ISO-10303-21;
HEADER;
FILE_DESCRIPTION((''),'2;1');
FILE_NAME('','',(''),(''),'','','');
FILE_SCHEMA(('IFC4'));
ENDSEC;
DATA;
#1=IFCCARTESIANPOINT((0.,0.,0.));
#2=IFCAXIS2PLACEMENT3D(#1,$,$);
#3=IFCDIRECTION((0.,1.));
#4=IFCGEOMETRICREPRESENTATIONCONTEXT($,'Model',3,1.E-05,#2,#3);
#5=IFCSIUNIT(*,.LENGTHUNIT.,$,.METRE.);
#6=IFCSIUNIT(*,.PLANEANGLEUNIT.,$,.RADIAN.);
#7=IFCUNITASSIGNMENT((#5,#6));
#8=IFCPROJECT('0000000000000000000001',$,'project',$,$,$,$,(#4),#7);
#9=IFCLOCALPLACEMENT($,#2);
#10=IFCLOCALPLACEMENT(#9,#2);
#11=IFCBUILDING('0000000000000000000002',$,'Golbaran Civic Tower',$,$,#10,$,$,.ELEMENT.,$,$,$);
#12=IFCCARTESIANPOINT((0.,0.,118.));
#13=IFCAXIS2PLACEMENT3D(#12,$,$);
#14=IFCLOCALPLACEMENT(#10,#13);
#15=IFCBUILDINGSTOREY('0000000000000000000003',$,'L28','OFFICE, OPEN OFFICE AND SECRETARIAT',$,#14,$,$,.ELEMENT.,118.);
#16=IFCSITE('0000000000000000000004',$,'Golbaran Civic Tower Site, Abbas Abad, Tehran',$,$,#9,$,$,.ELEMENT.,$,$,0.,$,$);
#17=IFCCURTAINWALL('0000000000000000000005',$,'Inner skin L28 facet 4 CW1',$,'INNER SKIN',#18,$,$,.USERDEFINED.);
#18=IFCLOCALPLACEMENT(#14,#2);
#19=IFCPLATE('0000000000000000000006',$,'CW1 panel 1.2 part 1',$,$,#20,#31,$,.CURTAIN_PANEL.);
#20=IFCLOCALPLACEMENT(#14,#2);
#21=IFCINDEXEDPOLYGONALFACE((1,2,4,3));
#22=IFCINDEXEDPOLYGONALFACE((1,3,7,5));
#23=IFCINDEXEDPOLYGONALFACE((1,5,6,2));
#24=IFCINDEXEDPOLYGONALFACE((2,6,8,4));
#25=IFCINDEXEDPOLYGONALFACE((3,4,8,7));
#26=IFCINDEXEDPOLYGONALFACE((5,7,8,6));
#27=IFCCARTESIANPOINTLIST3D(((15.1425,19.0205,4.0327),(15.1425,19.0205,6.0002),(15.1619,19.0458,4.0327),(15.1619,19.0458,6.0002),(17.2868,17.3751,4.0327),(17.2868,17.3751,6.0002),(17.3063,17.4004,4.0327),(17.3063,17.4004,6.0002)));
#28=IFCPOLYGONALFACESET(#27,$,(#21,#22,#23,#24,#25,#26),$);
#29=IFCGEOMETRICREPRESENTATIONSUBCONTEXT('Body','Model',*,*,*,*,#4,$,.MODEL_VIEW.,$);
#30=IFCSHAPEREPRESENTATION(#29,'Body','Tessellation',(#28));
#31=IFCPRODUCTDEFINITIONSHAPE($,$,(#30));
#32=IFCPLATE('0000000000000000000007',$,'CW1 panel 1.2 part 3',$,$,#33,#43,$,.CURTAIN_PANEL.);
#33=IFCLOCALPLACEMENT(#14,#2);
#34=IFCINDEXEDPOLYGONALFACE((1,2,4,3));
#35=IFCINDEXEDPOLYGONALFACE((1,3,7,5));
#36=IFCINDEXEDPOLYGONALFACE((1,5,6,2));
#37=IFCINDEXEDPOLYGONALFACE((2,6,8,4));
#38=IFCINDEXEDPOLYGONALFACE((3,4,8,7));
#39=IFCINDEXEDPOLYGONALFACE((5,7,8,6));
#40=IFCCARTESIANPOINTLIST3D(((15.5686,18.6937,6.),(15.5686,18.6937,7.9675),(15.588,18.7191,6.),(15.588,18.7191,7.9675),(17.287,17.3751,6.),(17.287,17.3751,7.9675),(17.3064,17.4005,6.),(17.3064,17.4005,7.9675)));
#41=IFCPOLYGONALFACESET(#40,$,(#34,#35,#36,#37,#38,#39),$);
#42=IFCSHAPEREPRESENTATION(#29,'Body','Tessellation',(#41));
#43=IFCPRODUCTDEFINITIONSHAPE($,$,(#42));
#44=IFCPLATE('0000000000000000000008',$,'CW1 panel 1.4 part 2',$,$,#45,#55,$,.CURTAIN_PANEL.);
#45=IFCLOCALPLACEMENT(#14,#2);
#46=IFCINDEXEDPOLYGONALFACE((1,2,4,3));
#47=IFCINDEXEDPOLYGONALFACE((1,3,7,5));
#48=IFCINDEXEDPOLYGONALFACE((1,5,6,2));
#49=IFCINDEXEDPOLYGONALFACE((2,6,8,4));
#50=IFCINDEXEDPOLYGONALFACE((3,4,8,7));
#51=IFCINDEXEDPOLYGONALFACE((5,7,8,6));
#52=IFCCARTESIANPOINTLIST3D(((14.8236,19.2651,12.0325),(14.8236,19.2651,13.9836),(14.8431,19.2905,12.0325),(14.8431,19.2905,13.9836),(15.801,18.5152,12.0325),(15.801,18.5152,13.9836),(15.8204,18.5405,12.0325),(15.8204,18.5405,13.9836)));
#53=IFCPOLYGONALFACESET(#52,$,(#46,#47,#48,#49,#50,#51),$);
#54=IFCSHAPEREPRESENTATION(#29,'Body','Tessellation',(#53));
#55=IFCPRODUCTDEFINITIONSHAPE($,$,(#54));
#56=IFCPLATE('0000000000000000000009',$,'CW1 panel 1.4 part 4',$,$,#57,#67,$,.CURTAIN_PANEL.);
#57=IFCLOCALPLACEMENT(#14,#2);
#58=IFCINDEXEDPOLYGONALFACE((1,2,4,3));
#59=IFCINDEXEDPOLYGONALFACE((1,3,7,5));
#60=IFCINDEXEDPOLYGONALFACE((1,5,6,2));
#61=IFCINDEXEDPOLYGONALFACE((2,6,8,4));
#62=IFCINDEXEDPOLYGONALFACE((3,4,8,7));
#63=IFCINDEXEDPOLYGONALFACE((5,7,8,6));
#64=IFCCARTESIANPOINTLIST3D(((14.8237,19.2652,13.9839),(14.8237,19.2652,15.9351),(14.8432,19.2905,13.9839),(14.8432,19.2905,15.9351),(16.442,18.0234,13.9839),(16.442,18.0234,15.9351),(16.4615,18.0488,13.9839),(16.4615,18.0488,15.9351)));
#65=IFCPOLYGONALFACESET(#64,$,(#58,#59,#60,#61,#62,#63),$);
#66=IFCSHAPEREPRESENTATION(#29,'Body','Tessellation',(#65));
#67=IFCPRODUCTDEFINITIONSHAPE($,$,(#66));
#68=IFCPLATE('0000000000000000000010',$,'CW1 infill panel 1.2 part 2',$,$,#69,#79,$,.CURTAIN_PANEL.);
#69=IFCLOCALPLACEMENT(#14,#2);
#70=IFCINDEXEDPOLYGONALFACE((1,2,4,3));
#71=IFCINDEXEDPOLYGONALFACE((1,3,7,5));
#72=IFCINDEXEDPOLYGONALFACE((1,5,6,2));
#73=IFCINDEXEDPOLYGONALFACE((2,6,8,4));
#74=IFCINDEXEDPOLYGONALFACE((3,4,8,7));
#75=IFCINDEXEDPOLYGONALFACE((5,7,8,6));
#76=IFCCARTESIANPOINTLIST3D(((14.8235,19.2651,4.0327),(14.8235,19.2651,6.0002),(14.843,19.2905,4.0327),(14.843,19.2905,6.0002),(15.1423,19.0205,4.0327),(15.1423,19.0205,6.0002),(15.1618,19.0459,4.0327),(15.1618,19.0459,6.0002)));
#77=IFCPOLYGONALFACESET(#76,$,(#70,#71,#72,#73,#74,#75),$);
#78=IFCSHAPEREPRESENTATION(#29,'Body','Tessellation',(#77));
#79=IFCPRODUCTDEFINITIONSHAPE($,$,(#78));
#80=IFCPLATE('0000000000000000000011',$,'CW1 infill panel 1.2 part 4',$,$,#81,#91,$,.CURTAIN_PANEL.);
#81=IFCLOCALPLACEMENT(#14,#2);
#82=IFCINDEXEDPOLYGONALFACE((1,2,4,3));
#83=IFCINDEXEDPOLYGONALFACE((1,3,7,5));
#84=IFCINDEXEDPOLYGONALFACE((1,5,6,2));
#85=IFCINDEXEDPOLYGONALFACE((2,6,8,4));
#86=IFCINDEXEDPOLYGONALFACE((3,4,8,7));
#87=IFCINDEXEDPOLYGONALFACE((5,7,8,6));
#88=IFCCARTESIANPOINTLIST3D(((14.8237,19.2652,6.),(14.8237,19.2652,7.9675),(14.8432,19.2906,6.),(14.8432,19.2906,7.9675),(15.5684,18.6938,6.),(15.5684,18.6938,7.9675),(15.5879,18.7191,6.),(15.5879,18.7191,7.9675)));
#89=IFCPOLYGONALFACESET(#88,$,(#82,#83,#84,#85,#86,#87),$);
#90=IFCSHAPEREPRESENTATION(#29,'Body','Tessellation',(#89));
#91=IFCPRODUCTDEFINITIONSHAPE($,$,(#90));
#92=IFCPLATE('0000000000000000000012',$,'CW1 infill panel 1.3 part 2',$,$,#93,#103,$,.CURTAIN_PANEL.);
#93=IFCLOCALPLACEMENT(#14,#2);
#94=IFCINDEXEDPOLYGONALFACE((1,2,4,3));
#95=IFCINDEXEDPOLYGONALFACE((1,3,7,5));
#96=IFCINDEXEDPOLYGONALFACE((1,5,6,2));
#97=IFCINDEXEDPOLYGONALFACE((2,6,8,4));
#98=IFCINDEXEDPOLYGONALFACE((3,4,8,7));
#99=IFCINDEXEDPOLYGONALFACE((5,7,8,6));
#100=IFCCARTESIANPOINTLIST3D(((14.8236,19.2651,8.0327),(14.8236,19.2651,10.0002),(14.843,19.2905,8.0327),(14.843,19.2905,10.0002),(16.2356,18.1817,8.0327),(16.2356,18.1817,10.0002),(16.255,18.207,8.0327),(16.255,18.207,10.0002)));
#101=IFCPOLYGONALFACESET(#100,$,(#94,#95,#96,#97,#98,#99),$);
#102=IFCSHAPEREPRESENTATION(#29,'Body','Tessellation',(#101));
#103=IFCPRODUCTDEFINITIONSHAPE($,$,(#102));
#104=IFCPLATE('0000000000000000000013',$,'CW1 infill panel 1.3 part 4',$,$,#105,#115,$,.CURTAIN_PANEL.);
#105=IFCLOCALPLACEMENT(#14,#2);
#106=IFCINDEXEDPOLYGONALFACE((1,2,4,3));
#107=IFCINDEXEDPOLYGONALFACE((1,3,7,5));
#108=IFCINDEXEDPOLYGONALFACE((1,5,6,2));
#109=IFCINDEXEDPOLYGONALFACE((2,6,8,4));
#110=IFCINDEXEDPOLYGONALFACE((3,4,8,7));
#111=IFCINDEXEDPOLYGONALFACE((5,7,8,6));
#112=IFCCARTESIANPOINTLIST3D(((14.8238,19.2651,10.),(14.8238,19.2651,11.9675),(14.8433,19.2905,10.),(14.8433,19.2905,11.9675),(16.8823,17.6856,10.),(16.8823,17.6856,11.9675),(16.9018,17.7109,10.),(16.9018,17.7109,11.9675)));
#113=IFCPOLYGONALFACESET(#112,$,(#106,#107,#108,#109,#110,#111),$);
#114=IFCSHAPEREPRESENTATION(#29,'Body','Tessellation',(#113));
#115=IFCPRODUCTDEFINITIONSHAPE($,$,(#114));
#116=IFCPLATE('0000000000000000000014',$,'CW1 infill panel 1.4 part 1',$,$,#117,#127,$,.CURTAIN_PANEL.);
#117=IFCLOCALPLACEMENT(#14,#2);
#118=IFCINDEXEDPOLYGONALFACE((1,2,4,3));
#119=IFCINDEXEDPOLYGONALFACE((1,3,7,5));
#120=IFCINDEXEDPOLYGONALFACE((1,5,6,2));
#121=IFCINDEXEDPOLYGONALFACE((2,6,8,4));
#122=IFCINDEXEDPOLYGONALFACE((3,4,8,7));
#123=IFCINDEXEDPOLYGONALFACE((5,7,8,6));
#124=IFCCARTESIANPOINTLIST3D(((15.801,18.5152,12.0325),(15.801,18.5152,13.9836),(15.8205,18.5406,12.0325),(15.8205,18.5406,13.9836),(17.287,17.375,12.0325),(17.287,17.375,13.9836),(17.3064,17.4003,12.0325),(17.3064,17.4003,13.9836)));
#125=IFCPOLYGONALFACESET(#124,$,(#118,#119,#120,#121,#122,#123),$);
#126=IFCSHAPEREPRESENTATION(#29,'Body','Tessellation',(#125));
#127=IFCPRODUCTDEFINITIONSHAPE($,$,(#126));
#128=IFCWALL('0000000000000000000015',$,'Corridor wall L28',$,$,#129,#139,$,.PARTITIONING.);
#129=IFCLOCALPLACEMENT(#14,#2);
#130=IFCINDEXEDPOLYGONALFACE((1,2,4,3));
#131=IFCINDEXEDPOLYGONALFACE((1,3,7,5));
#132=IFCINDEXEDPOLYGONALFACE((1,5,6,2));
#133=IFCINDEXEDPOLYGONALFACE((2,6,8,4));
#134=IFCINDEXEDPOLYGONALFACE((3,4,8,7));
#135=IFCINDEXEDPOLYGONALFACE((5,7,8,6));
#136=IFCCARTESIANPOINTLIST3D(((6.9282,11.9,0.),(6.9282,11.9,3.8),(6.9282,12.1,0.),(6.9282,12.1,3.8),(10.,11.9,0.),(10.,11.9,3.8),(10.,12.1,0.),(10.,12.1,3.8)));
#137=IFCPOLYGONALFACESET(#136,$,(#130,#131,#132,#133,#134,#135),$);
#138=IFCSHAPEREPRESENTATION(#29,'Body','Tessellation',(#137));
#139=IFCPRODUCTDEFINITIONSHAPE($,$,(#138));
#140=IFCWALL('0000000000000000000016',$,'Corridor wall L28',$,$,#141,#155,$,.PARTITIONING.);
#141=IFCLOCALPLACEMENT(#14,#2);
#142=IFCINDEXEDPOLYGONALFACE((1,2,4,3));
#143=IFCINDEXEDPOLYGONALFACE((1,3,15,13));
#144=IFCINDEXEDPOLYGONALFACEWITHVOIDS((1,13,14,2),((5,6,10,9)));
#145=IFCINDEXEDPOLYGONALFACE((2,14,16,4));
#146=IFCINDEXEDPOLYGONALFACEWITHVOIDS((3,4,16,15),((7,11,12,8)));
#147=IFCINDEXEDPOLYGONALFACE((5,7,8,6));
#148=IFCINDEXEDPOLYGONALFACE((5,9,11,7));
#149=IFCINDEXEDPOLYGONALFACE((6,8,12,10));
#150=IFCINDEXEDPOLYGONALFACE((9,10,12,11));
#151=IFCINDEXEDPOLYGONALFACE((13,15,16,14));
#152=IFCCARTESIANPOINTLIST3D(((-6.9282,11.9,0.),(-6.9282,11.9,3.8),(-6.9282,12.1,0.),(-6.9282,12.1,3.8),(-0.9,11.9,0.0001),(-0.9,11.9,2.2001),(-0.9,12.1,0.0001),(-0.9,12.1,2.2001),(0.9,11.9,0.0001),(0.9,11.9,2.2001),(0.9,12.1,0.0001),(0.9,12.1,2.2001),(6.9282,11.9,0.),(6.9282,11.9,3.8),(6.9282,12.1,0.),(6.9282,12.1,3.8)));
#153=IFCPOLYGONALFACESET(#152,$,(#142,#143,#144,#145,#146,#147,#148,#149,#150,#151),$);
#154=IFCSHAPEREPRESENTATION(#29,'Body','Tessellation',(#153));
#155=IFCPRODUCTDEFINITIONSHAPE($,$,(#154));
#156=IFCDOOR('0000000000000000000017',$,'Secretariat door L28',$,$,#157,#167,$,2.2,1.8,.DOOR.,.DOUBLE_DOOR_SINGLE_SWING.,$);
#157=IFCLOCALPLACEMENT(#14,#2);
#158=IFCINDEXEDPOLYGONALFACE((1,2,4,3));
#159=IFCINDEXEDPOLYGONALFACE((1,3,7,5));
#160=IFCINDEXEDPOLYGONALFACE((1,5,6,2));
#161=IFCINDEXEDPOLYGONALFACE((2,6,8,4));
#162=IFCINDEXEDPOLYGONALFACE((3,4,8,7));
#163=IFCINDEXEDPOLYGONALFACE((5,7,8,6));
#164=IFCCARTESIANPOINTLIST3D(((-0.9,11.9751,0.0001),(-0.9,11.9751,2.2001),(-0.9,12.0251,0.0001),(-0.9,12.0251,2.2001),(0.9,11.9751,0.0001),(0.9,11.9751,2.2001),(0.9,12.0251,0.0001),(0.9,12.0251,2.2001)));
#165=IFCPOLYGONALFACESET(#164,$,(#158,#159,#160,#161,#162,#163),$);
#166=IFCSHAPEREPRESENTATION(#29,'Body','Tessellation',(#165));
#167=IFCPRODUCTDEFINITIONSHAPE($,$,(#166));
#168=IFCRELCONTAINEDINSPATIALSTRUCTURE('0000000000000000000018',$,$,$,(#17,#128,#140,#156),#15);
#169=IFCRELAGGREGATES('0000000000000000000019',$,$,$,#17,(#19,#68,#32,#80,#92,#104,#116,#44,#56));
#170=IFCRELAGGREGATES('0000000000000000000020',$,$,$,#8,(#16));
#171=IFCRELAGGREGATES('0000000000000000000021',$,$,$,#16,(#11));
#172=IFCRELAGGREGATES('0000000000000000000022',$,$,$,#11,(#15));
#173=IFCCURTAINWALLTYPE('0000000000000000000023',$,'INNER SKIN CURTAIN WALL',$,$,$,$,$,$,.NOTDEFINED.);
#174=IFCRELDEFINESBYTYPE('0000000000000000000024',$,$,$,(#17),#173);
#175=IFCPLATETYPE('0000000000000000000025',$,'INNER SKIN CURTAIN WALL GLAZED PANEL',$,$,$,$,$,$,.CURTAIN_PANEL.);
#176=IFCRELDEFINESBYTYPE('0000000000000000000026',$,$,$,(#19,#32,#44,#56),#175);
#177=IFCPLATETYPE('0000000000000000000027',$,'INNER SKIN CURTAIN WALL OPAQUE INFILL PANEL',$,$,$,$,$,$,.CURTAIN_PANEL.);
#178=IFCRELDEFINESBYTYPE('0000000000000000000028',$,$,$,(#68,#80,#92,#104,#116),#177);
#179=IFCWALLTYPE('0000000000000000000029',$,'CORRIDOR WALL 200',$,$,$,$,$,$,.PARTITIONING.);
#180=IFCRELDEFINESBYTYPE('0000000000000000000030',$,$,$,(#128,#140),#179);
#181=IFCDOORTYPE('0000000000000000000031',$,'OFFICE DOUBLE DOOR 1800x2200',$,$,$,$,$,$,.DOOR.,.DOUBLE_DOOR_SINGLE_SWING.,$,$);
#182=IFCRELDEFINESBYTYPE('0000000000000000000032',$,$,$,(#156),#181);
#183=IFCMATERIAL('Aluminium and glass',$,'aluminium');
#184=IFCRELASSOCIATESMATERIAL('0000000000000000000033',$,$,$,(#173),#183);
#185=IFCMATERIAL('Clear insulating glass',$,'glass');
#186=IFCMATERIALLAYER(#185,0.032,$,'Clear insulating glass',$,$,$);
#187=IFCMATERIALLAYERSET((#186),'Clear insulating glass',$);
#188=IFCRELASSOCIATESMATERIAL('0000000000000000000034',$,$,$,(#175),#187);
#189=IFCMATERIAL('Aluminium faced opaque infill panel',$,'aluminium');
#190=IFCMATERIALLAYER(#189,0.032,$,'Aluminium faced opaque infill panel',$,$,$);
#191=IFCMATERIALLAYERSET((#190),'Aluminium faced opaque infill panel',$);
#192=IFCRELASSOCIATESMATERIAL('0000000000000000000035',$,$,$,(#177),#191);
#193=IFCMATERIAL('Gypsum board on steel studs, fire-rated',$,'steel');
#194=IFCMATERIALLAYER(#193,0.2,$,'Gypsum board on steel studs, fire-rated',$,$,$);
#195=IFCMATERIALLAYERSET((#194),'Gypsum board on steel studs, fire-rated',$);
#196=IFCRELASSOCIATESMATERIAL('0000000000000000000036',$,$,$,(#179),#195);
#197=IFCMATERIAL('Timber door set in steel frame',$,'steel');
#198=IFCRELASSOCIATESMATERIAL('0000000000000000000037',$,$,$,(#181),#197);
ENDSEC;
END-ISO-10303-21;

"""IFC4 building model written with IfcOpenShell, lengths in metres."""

from ifc_helpers import new_model, si_unit, direction, frame, frame_2d, origin, origin_2d, place, context, subcontext, project, spatial, rectangle, extrude, material, layer, layer_set, type_object, element, fill, aggregate, save


model = new_model("IFC4")

# Units and contexts
model_context = context("Model", 3, precision=1e-05, world=origin(), true_north=direction((0.0, 1.0)))
body_context = subcontext(model_context, "Body", "Model", "MODEL_VIEW")
ifc_project = project(units=[si_unit("LENGTHUNIT", "METRE"), si_unit("PLANEANGLEUNIT", "RADIAN")], contexts=[model_context])

# Site, building, storey
site_placement = place(None, origin())
site = spatial("IfcSite", under=ifc_project, at=site_placement, Name="Golbaran Civic Tower Site, Abbas Abad, Tehran", CompositionType="ELEMENT", RefElevation=0.0)
building_placement = place(site_placement, origin())
building = spatial("IfcBuilding", under=site, at=building_placement, Name="Golbaran Civic Tower", CompositionType="ELEMENT")
storey_placement = place(building_placement, frame((0.0, 0.0, 118.0)))
storey = spatial("IfcBuildingStorey", under=building, at=storey_placement, Name="L28", Description="OFFICE, OPEN OFFICE AND SECRETARIAT", CompositionType="ELEMENT", Elevation=118.0)

# Curtain wall, plates
ifc_material_1 = material(Name="Aluminium and glass", Category="aluminium")
curtain_wall_type = type_object("IfcCurtainWallType", Name="INNER SKIN CURTAIN WALL", PredefinedType="NOTDEFINED", material=ifc_material_1)
curtain_wall_placement = place(storey_placement, origin())
curtain_wall = element("IfcCurtainWall", 1, at=curtain_wall_placement, inside=storey, type_object=curtain_wall_type, Name="Inner skin L28 facet 4 CW1", ObjectType="INNER SKIN", PredefinedType="USERDEFINED")
ifc_material_2 = material(Name="Clear insulating glass", Category="glass")
ifc_layer_1 = layer(ifc_material_2, 0.032, Name="Clear insulating glass")
ifc_layer_set_1 = layer_set([ifc_layer_1], Name="Clear insulating glass")
plate_type_1 = type_object("IfcPlateType", Name="INNER SKIN CURTAIN WALL GLAZED PANEL", PredefinedType="CURTAIN_PANEL", material=ifc_layer_set_1)
plate_1_placement = place(storey_placement, frame((16.2244, 18.2104, 4.0327), z_axis=(0.0, 0.0, 1.0), x_axis=(-0.793353, 0.608761, 0.0)))
plate_1 = element("IfcPlate", 2, at=plate_1_placement, type_object=plate_type_1, Name="CW1 panel 1.2 part 1", PredefinedType="CURTAIN_PANEL", context=body_context, shape_type="SweptSolid", body=[
    extrude(rectangle(XDim=2.7029, YDim=0.032, at=origin_2d()), origin(), (0.0, 0.0, 1.0), 1.9675),
])
plate_2_placement = place(storey_placement, frame((16.4375, 18.0471, 6.0), z_axis=(0.0, 0.0, 1.0), x_axis=(-0.793353, 0.608761, 0.0)))
plate_2 = element("IfcPlate", 3, at=plate_2_placement, type_object=plate_type_1, Name="CW1 panel 1.2 part 3", PredefinedType="CURTAIN_PANEL", context=body_context, shape_type="SweptSolid", body=[
    extrude(rectangle(XDim=2.166, YDim=0.032, at=origin_2d()), origin(), (0.0, 0.0, 1.0), 1.9675),
])
plate_3_placement = place(storey_placement, frame((15.322, 18.9028, 12.0325), z_axis=(0.0, 0.0, 1.0), x_axis=(-0.793353, 0.608761, 0.0)))
plate_3 = element("IfcPlate", 4, at=plate_3_placement, type_object=plate_type_1, Name="CW1 panel 1.4 part 2", PredefinedType="CURTAIN_PANEL", context=body_context, shape_type="SweptSolid", body=[
    extrude(rectangle(XDim=1.2319, YDim=0.032, at=origin_2d()), origin(), (0.0, 0.0, 1.0), 1.9512),
])
plate_4_placement = place(storey_placement, frame((15.6426, 18.657, 13.9839), z_axis=(0.0, 0.0, 1.0), x_axis=(-0.793353, 0.608761, 0.0)))
plate_4 = element("IfcPlate", 5, at=plate_4_placement, type_object=plate_type_1, Name="CW1 panel 1.4 part 4", PredefinedType="CURTAIN_PANEL", context=body_context, shape_type="SweptSolid", body=[
    extrude(rectangle(XDim=2.0398, YDim=0.032, at=origin_2d()), origin(), (0.0, 0.0, 1.0), 1.9512),
])
ifc_material_3 = material(Name="Aluminium faced opaque infill panel", Category="aluminium")
ifc_layer_2 = layer(ifc_material_3, 0.032, Name="Aluminium faced opaque infill panel")
ifc_layer_set_2 = layer_set([ifc_layer_2], Name="Aluminium faced opaque infill panel")
plate_type_2 = type_object("IfcPlateType", Name="INNER SKIN CURTAIN WALL OPAQUE INFILL PANEL", PredefinedType="CURTAIN_PANEL", material=ifc_layer_set_2)
plate_5_placement = place(storey_placement, frame((14.9927, 19.1555, 4.0327), z_axis=(0.0, 0.0, 1.0), x_axis=(-0.793353, 0.608761, 0.0)))
plate_5 = element("IfcPlate", 6, at=plate_5_placement, type_object=plate_type_2, Name="CW1 infill panel 1.2 part 2", PredefinedType="CURTAIN_PANEL", context=body_context, shape_type="SweptSolid", body=[
    extrude(rectangle(XDim=0.4019, YDim=0.032, at=origin_2d()), origin(), (0.0, 0.0, 1.0), 1.9675),
])
plate_6_placement = place(storey_placement, frame((15.2058, 18.9922, 6.0), z_axis=(0.0, 0.0, 1.0), x_axis=(-0.793353, 0.608761, 0.0)))
plate_6 = element("IfcPlate", 7, at=plate_6_placement, type_object=plate_type_2, Name="CW1 infill panel 1.2 part 4", PredefinedType="CURTAIN_PANEL", context=body_context, shape_type="SweptSolid", body=[
    extrude(rectangle(XDim=0.9387, YDim=0.032, at=origin_2d()), origin(), (0.0, 0.0, 1.0), 1.9675),
])
plate_7_placement = place(storey_placement, frame((15.5393, 18.7361, 8.0327), z_axis=(0.0, 0.0, 1.0), x_axis=(-0.793353, 0.608761, 0.0)))
plate_7 = element("IfcPlate", 8, at=plate_7_placement, type_object=plate_type_2, Name="CW1 infill panel 1.3 part 2", PredefinedType="CURTAIN_PANEL", context=body_context, shape_type="SweptSolid", body=[
    extrude(rectangle(XDim=1.7798, YDim=0.032, at=origin_2d()), origin(), (0.0, 0.0, 1.0), 1.9675),
])
plate_8_placement = place(storey_placement, frame((15.8628, 18.488, 10.0), z_axis=(0.0, 0.0, 1.0), x_axis=(-0.793353, 0.608761, 0.0)))
plate_8 = element("IfcPlate", 9, at=plate_8_placement, type_object=plate_type_2, Name="CW1 infill panel 1.3 part 4", PredefinedType="CURTAIN_PANEL", context=body_context, shape_type="SweptSolid", body=[
    extrude(rectangle(XDim=2.5947, YDim=0.032, at=origin_2d()), origin(), (0.0, 0.0, 1.0), 1.9675),
])
plate_9_placement = place(storey_placement, frame((16.5537, 17.9578, 12.0325), z_axis=(0.0, 0.0, 1.0), x_axis=(-0.793353, 0.608761, 0.0)))
plate_9 = element("IfcPlate", 10, at=plate_9_placement, type_object=plate_type_2, Name="CW1 infill panel 1.4 part 1", PredefinedType="CURTAIN_PANEL", context=body_context, shape_type="SweptSolid", body=[
    extrude(rectangle(XDim=1.873, YDim=0.032, at=origin_2d()), origin(), (0.0, 0.0, 1.0), 1.9512),
])
aggregate(curtain_wall, [plate_1, plate_5, plate_2, plate_6, plate_7, plate_8, plate_9, plate_3, plate_4])

# Wall
ifc_material_4 = material(Name="Gypsum board on steel studs, fire-rated", Category="steel")
ifc_layer_3 = layer(ifc_material_4, 0.2, Name="Gypsum board on steel studs, fire-rated")
ifc_layer_set_3 = layer_set([ifc_layer_3], Name="Gypsum board on steel studs, fire-rated")
wall_type_1 = type_object("IfcWallType", Name="CORRIDOR WALL 200", PredefinedType="PARTITIONING", material=ifc_layer_set_3)
wall_1_placement = place(storey_placement, frame((10.0, 12.0, 0.0), z_axis=(0.0, 0.0, 1.0), x_axis=(-1.0, 0.0, 0.0)))
element("IfcWall", 11, at=wall_1_placement, inside=storey, type_object=wall_type_1, Name="Corridor wall L28", PredefinedType="PARTITIONING", context=body_context, shape_type="SweptSolid", body=[
    extrude(rectangle(XDim=3.0718, YDim=0.2, at=frame_2d((1.5359, 0.0))), origin(), (0.0, 0.0, 1.0), 3.8),
])

# Wall, opening, door
wall_2_placement = place(storey_placement, frame((6.9282, 12.0, 0.0), z_axis=(0.0, 0.0, 1.0), x_axis=(-1.0, 0.0, 0.0)))
wall_2 = element("IfcWall", 12, at=wall_2_placement, inside=storey, type_object=wall_type_1, Name="Corridor wall L28", PredefinedType="PARTITIONING", context=body_context, shape_type="SweptSolid", body=[
    extrude(rectangle(XDim=13.8564, YDim=0.2, at=frame_2d((6.9282, 0.0))), origin(), (0.0, 0.0, 1.0), 3.8),
])
opening_1_placement = place(wall_2_placement, frame((6.0283, 0.0, 0.0)))
opening_1 = element("IfcOpeningElement", 13, at=opening_1_placement, cuts=wall_2, PredefinedType="OPENING", context=body_context, shape_type="SweptSolid", body=[
    extrude(rectangle(XDim=1.8, YDim=2.2, at=frame_2d((0.8999, 1.1001))), frame((0.0, 0.1099, 0.0), z_axis=(0.0, -1.0, 0.0), x_axis=(1.0, 0.0, 0.0)), (0.0, 0.0, 1.0), 0.22),
])
ifc_material_5 = material(Name="Timber door set in steel frame", Category="steel")
door_type_1 = type_object("IfcDoorType", Name="OFFICE DOUBLE DOOR 1800x2200", OperationType="DOUBLE_DOOR_SINGLE_SWING", PredefinedType="DOOR", material=ifc_material_5)
door_1_placement = place(opening_1_placement, origin())
door_1 = element("IfcDoor", 14, at=door_1_placement, inside=storey, type_object=door_type_1, Name="Secretariat door L28", OperationType="DOUBLE_DOOR_SINGLE_SWING", OverallHeight=2.2, OverallWidth=1.8, PredefinedType="DOOR", context=body_context, shape_type="SweptSolid", body=[
    extrude(rectangle(XDim=1.8, YDim=2.2, at=frame_2d((0.8999, 1.1001))), frame((0.0, 0.0249, 0.0), z_axis=(0.0, -1.0, 0.0), x_axis=(1.0, 0.0, 0.0)), (0.0, 0.0, 1.0), 0.05),
])
fill(opening_1, door_1)

save(model, "model.ifc")
